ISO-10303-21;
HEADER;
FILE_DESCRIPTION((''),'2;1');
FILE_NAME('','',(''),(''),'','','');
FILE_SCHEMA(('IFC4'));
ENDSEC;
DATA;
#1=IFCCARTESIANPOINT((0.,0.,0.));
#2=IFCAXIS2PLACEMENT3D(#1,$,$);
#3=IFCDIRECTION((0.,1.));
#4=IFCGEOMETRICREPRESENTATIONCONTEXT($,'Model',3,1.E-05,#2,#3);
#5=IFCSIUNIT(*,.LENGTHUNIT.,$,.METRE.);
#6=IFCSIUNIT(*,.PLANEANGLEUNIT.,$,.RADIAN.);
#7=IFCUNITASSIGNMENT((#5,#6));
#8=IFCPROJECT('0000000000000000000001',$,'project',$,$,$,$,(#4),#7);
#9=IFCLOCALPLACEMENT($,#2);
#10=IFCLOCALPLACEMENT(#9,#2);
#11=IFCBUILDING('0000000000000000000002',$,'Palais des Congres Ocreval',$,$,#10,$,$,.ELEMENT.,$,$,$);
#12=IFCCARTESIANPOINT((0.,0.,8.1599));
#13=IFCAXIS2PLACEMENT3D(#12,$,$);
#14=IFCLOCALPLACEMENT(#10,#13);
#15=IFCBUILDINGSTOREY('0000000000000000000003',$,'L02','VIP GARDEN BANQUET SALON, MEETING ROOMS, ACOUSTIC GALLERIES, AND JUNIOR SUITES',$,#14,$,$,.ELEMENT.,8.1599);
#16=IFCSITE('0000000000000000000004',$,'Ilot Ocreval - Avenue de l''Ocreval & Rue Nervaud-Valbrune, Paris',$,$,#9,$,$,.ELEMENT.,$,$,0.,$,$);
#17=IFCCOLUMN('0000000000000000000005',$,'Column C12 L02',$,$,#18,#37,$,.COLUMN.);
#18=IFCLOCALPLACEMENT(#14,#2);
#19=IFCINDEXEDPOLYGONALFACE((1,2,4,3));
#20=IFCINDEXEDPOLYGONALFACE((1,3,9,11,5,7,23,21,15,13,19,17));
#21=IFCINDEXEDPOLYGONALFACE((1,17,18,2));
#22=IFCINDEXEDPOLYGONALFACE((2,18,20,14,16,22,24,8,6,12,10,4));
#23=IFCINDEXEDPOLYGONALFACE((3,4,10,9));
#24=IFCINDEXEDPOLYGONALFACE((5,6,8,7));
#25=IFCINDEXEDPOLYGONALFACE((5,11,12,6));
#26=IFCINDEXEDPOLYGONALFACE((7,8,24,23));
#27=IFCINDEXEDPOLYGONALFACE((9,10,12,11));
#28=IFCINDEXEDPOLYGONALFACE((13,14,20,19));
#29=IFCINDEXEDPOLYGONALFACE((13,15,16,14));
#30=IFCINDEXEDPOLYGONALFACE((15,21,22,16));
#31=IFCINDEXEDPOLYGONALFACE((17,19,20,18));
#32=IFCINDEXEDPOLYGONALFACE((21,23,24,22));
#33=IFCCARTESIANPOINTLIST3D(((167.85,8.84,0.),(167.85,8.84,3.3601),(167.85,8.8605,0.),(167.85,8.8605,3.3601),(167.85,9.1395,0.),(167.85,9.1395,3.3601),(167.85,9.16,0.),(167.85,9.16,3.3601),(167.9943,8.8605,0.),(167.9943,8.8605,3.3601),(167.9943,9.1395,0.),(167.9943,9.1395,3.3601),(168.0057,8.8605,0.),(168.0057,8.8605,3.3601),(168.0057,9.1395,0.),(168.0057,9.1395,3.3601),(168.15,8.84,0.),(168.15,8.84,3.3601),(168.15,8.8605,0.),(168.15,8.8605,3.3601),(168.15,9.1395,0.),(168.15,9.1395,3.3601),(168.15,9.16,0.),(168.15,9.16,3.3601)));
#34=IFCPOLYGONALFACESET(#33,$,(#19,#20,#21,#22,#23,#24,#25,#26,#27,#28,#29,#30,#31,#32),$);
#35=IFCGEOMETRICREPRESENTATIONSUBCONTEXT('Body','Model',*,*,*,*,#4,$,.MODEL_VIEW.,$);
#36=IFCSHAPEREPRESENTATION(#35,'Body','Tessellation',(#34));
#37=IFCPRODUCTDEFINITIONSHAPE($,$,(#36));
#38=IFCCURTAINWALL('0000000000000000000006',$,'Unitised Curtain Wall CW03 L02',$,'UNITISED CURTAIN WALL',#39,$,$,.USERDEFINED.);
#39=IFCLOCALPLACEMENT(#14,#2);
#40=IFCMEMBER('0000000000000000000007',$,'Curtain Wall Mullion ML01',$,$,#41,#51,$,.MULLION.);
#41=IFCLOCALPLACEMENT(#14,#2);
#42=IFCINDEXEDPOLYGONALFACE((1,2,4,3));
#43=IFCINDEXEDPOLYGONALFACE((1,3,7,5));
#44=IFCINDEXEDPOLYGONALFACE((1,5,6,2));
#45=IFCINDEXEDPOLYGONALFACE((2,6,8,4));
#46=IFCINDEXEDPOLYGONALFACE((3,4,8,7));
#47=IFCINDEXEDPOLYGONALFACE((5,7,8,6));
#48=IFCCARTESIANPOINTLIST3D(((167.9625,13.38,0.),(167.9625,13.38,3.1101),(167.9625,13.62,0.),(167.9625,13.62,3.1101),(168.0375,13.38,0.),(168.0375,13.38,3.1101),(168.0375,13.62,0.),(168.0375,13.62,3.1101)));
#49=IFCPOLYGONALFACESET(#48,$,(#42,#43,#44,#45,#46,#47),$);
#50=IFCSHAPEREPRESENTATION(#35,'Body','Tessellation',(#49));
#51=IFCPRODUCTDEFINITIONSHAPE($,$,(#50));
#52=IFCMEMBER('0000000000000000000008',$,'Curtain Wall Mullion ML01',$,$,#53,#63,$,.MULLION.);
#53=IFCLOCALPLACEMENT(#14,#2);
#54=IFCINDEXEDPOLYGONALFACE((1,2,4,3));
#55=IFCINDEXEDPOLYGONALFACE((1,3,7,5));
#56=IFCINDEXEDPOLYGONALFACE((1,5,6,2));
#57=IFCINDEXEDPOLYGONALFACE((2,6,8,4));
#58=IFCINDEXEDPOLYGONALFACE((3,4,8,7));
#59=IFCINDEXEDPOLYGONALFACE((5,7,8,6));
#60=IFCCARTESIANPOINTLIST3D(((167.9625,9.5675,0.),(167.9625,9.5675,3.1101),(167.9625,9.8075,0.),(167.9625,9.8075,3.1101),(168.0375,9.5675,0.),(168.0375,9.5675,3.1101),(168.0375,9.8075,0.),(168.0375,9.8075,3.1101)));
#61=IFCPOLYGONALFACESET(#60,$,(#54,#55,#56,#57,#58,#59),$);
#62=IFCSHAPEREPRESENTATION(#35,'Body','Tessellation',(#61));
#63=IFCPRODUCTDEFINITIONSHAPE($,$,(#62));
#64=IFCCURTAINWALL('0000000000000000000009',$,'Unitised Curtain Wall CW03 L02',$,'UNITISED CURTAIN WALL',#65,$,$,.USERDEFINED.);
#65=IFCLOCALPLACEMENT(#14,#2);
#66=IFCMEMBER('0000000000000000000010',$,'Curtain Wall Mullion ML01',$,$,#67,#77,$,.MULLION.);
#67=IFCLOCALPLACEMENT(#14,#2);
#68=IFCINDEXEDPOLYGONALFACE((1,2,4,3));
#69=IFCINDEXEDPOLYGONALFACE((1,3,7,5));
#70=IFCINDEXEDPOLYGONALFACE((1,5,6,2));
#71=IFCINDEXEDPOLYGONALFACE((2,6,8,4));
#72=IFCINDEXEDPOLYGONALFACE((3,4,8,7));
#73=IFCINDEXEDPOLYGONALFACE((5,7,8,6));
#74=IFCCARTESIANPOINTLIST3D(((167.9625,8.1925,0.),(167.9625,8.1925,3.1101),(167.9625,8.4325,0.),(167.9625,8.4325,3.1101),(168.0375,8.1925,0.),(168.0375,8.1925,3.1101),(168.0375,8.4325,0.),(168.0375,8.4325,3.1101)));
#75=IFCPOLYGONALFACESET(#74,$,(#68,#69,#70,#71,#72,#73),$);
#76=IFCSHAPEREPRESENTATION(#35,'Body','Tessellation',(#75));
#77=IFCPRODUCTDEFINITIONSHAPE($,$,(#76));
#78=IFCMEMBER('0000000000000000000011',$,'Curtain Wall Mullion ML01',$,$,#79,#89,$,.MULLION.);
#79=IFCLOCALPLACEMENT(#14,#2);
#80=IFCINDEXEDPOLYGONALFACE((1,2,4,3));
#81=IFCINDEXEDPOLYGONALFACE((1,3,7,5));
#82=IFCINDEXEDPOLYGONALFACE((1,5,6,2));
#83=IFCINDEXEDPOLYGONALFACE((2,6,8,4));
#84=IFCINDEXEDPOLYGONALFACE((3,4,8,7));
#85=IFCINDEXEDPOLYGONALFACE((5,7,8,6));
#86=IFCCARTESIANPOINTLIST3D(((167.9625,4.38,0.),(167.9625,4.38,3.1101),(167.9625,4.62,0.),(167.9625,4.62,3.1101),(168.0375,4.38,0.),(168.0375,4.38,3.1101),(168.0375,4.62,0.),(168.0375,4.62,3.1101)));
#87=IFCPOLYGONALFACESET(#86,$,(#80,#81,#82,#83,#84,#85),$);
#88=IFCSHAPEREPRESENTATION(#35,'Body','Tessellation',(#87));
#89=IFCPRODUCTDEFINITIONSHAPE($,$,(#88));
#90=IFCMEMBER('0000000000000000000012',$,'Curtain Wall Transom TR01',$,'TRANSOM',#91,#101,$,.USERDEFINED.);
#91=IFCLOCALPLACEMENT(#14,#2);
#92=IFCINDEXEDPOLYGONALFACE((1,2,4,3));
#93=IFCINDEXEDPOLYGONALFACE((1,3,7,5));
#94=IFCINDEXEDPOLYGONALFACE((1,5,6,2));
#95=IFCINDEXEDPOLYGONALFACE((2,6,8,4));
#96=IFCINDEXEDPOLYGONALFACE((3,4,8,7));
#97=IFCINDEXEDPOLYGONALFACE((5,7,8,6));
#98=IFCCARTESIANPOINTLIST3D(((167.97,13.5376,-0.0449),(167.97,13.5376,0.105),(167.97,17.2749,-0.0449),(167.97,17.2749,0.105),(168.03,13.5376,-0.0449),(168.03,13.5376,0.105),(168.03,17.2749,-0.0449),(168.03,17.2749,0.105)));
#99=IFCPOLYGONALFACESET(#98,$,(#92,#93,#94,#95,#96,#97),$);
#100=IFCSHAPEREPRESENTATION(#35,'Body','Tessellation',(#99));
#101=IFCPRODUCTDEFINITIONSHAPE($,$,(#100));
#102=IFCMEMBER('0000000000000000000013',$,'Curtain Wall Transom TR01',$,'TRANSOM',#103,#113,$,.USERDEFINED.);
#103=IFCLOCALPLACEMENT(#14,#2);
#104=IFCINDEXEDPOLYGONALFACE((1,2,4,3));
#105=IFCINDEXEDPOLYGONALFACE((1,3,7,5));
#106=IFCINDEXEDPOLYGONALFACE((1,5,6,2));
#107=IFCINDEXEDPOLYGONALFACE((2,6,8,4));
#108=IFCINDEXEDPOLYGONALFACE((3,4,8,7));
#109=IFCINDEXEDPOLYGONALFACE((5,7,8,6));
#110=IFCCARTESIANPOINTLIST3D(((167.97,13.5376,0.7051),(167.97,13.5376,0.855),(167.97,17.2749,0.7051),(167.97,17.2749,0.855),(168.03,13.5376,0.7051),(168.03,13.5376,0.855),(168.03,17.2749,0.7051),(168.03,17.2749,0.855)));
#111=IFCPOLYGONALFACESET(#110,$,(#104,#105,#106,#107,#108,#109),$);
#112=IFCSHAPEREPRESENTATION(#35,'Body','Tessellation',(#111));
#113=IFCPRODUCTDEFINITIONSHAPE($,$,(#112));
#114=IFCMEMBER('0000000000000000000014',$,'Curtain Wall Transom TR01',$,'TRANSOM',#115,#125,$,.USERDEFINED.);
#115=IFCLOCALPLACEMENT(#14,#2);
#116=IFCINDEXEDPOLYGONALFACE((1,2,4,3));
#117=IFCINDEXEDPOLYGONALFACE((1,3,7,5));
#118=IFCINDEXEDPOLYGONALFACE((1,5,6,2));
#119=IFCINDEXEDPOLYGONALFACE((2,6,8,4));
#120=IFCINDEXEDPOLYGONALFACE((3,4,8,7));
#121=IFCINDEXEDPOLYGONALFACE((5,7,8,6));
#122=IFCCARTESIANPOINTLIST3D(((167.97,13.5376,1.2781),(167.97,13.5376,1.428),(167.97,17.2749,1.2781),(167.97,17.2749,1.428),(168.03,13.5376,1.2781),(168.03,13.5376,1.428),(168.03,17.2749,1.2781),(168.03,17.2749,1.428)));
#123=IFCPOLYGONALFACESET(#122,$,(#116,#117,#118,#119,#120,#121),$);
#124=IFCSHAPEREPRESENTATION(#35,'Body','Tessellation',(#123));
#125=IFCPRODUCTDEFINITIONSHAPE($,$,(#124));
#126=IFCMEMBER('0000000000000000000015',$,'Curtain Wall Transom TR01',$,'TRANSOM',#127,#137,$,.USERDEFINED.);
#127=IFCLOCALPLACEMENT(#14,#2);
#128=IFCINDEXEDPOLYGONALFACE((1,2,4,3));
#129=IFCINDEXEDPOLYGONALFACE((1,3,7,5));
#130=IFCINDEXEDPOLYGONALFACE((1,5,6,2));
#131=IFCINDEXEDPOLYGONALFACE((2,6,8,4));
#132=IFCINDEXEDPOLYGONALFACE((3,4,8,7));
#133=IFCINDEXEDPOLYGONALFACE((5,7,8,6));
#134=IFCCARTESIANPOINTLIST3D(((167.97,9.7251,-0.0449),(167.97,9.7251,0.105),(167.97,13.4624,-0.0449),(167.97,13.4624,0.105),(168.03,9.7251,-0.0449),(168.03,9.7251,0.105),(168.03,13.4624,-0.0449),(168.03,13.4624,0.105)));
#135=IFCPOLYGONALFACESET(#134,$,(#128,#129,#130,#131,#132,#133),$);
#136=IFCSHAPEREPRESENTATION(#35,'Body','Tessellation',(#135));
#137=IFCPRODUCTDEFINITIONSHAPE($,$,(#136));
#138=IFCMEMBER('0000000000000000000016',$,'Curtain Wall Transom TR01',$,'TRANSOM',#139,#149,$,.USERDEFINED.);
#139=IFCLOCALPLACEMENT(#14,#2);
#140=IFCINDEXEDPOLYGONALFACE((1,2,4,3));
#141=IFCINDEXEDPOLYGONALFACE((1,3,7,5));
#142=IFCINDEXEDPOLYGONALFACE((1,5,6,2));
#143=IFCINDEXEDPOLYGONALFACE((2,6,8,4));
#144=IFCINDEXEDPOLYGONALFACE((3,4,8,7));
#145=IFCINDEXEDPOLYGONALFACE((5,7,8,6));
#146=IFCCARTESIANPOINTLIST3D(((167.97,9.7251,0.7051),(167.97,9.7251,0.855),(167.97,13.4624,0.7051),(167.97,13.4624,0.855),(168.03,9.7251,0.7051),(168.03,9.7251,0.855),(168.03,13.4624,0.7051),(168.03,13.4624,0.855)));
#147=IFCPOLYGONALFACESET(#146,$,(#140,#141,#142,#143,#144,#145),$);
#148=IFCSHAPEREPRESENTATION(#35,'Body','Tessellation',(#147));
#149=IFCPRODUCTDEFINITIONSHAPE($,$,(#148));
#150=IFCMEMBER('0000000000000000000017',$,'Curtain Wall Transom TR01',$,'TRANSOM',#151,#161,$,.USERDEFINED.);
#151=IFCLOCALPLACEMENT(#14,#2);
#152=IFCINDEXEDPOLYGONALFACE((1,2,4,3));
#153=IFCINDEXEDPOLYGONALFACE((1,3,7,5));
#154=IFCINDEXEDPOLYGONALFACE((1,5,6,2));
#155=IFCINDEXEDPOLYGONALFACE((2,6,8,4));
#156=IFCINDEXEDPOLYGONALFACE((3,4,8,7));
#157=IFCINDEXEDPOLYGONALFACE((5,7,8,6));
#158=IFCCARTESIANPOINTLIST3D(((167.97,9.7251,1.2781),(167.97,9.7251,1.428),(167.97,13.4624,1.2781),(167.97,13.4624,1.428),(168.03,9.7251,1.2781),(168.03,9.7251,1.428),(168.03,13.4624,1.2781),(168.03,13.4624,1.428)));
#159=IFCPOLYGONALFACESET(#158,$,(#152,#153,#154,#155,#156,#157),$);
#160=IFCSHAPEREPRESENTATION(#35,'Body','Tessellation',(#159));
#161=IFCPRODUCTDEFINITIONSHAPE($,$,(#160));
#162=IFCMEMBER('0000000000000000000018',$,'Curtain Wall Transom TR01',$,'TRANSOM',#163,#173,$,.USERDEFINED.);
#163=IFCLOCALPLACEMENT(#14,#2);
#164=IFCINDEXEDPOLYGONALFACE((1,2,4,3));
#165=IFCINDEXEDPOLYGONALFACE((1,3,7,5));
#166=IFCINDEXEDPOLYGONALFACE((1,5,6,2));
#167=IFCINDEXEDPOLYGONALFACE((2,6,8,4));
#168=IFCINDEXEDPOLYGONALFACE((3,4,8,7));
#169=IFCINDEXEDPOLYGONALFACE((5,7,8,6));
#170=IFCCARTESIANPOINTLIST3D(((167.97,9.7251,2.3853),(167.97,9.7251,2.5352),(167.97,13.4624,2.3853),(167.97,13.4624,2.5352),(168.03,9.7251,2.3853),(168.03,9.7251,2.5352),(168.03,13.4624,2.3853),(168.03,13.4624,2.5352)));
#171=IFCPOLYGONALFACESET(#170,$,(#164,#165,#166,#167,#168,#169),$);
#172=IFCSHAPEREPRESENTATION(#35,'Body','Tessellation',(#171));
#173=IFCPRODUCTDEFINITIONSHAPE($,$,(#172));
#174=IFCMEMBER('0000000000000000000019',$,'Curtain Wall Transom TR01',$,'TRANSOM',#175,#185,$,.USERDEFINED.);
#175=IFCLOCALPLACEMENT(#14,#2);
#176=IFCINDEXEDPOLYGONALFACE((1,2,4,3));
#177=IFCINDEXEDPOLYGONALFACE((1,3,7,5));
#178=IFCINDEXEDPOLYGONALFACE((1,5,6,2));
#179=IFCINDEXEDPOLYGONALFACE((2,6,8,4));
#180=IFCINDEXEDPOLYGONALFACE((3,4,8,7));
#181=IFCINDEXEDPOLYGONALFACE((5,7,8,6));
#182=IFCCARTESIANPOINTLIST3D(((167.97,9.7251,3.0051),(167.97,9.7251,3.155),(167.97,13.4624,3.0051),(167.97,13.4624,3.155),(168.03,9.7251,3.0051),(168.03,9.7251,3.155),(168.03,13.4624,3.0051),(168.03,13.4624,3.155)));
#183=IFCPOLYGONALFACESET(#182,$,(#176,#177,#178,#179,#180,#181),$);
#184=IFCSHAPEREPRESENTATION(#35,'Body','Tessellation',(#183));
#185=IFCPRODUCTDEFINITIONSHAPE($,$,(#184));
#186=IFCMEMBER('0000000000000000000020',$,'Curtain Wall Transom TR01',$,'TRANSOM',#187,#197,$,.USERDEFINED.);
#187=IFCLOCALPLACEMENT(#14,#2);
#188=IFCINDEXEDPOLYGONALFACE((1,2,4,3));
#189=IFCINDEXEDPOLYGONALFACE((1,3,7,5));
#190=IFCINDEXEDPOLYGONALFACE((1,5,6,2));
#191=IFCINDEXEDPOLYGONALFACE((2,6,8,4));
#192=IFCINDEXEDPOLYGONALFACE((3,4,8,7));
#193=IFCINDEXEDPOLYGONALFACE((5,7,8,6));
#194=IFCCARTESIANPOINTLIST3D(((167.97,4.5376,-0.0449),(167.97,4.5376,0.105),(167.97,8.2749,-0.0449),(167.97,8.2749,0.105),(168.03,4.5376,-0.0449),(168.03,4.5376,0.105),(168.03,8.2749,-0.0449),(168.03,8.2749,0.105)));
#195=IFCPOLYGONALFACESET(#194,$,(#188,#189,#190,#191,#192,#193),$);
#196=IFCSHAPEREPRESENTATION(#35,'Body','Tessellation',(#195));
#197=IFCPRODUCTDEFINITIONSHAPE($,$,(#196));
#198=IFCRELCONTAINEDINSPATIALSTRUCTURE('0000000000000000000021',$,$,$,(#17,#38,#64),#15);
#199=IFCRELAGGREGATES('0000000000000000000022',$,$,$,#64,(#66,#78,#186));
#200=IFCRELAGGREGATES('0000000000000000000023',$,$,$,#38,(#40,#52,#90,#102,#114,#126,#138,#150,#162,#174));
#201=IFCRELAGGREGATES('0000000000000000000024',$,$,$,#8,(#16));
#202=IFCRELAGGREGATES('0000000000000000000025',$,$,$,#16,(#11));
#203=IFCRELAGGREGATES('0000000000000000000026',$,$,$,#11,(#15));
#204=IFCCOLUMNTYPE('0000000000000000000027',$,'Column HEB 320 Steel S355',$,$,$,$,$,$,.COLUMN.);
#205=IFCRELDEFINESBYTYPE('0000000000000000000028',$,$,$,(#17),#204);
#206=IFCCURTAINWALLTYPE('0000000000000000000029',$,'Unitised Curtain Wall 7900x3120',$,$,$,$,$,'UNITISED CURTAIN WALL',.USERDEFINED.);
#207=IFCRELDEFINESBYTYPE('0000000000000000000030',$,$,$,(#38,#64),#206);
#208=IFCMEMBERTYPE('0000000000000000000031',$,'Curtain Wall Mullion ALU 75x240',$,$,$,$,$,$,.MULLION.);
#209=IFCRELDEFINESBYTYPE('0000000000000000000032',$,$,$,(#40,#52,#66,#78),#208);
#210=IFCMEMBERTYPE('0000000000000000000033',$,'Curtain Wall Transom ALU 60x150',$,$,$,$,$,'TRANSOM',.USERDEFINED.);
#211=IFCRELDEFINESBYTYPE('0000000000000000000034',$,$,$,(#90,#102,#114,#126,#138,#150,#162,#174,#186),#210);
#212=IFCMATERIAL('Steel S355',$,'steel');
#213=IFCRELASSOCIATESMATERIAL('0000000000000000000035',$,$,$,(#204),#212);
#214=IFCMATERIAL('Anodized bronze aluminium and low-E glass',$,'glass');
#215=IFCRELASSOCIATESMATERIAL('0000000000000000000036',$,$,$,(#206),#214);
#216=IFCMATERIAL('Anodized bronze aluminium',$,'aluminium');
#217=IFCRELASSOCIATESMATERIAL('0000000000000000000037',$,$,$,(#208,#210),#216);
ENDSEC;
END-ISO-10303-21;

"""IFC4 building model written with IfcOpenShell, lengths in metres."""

from ifc_helpers import new_model, si_unit, direction, frame, origin, origin_2d, place, context, subcontext, project, spatial, rectangle, i_section, extrude, material, material_profile, profile_set, type_object, element, aggregate, save


model = new_model("IFC4")

# Units and contexts
model_context = context("Model", 3, precision=1e-05, world=origin(), true_north=direction((0.0, 1.0)))
body_context = subcontext(model_context, "Body", "Model", "MODEL_VIEW")
ifc_project = project(units=[si_unit("LENGTHUNIT", "METRE"), si_unit("PLANEANGLEUNIT", "RADIAN")], contexts=[model_context])

# Site, building, storey
site_placement = place(None, origin())
site = spatial("IfcSite", under=ifc_project, at=site_placement, Name="Ilot Ocreval - Avenue de l'Ocreval & Rue Nervaud-Valbrune, Paris", CompositionType="ELEMENT", RefElevation=0.0)
building_placement = place(site_placement, origin())
building = spatial("IfcBuilding", under=site, at=building_placement, Name="Palais des Congres Ocreval", CompositionType="ELEMENT")
storey_placement = place(building_placement, frame((0.0, 0.0, 8.1599)))
storey = spatial("IfcBuildingStorey", under=building, at=storey_placement, Name="L02", Description="VIP GARDEN BANQUET SALON, MEETING ROOMS, ACOUSTIC GALLERIES, AND JUNIOR SUITES", CompositionType="ELEMENT", Elevation=8.1599)

# Column
ifc_material_1 = material(Name="Steel S355", Category="steel")
ifc_material_profile_1 = material_profile(ifc_material_1, i_section(OverallWidth=0.3, OverallDepth=0.3201, WebThickness=0.0115, FlangeThickness=0.0205, at=origin_2d()), Name="HEB 320")
ifc_profile_set_1 = profile_set([ifc_material_profile_1], Name="Steel S355")
column_type = type_object("IfcColumnType", Name="Column HEB 320 Steel S355", PredefinedType="COLUMN", material=ifc_profile_set_1)
column_placement = place(storey_placement, frame((168.0, 9.0, 0.0), z_axis=(0.0, 0.0, 1.0), x_axis=(1.0, 0.0, 0.0)))
element("IfcColumn", 1, at=column_placement, inside=storey, type_object=column_type, Name="Column C12 L02", PredefinedType="COLUMN", context=body_context, shape_type="SweptSolid", body=[
    extrude(i_section(OverallWidth=0.3, OverallDepth=0.3201, WebThickness=0.0115, FlangeThickness=0.0205, at=origin_2d()), origin(), (0.0, 0.0, 1.0), 3.3601),
])

# Curtain walls, members
ifc_material_2 = material(Name="Anodized bronze aluminium and low-E glass", Category="glass")
curtain_wall_type = type_object("IfcCurtainWallType", Name="Unitised Curtain Wall 7900x3120", ElementType="UNITISED CURTAIN WALL", PredefinedType="USERDEFINED", material=ifc_material_2)
curtain_wall_1_placement = place(storey_placement, origin())
curtain_wall_1 = element("IfcCurtainWall", 2, at=curtain_wall_1_placement, inside=storey, type_object=curtain_wall_type, Name="Unitised Curtain Wall CW03 L02", ObjectType="UNITISED CURTAIN WALL", PredefinedType="USERDEFINED")
ifc_material_3 = material(Name="Anodized bronze aluminium", Category="aluminium")
ifc_material_profile_2 = material_profile(ifc_material_3, rectangle(XDim=0.075, YDim=0.24, at=origin_2d()), Name="ALU 75x240")
ifc_profile_set_2 = profile_set([ifc_material_profile_2], Name="Anodized bronze aluminium")
member_type_1 = type_object("IfcMemberType", Name="Curtain Wall Mullion ALU 75x240", PredefinedType="MULLION", material=ifc_profile_set_2)
member_1_placement = place(storey_placement, frame((168.0, 13.5, 0.0), z_axis=(0.0, 0.0, 1.0), x_axis=(1.0, 0.0, 0.0)))
member_1 = element("IfcMember", 3, at=member_1_placement, type_object=member_type_1, Name="Curtain Wall Mullion ML01", PredefinedType="MULLION", context=body_context, shape_type="SweptSolid", body=[
    extrude(rectangle(XDim=0.075, YDim=0.24, at=origin_2d()), origin(), (0.0, 0.0, 1.0), 3.1101),
])
member_2_placement = place(storey_placement, frame((168.0, 9.6875, 0.0), z_axis=(0.0, 0.0, 1.0), x_axis=(1.0, 0.0, 0.0)))
member_2 = element("IfcMember", 4, at=member_2_placement, type_object=member_type_1, Name="Curtain Wall Mullion ML01", PredefinedType="MULLION", context=body_context, shape_type="SweptSolid", body=[
    extrude(rectangle(XDim=0.075, YDim=0.24, at=origin_2d()), origin(), (0.0, 0.0, 1.0), 3.1101),
])
curtain_wall_2_placement = place(storey_placement, origin())
curtain_wall_2 = element("IfcCurtainWall", 5, at=curtain_wall_2_placement, inside=storey, type_object=curtain_wall_type, Name="Unitised Curtain Wall CW03 L02", ObjectType="UNITISED CURTAIN WALL", PredefinedType="USERDEFINED")
member_3_placement = place(storey_placement, frame((168.0, 8.3125, 0.0), z_axis=(0.0, 0.0, 1.0), x_axis=(1.0, 0.0, 0.0)))
member_3 = element("IfcMember", 6, at=member_3_placement, type_object=member_type_1, Name="Curtain Wall Mullion ML01", PredefinedType="MULLION", context=body_context, shape_type="SweptSolid", body=[
    extrude(rectangle(XDim=0.075, YDim=0.24, at=origin_2d()), origin(), (0.0, 0.0, 1.0), 3.1101),
])
member_4_placement = place(storey_placement, frame((168.0, 4.5, 0.0), z_axis=(0.0, 0.0, 1.0), x_axis=(1.0, 0.0, 0.0)))
member_4 = element("IfcMember", 7, at=member_4_placement, type_object=member_type_1, Name="Curtain Wall Mullion ML01", PredefinedType="MULLION", context=body_context, shape_type="SweptSolid", body=[
    extrude(rectangle(XDim=0.075, YDim=0.24, at=origin_2d()), origin(), (0.0, 0.0, 1.0), 3.1101),
])

# Members
ifc_material_profile_3 = material_profile(ifc_material_3, rectangle(XDim=0.0601, YDim=0.1499, at=origin_2d()), Name="ALU 60x150")
ifc_profile_set_3 = profile_set([ifc_material_profile_3], Name="Anodized bronze aluminium")
member_type_2 = type_object("IfcMemberType", Name="Curtain Wall Transom ALU 60x150", ElementType="TRANSOM", PredefinedType="USERDEFINED", material=ifc_profile_set_3)
member_5_placement = place(storey_placement, frame((168.0, 17.2749, 0.03), z_axis=(0.0, -1.0, 0.0), x_axis=(1.0, 0.0, 0.0)))
member_5 = element("IfcMember", 8, at=member_5_placement, type_object=member_type_2, Name="Curtain Wall Transom TR01", ObjectType="TRANSOM", PredefinedType="USERDEFINED", context=body_context, shape_type="SweptSolid", body=[
    extrude(rectangle(XDim=0.0601, YDim=0.1499, at=origin_2d()), origin(), (0.0, 0.0, 1.0), 3.7373),
])
member_6_placement = place(storey_placement, frame((168.0, 17.2749, 0.78), z_axis=(0.0, -1.0, 0.0), x_axis=(1.0, 0.0, 0.0)))
member_6 = element("IfcMember", 9, at=member_6_placement, type_object=member_type_2, Name="Curtain Wall Transom TR01", ObjectType="TRANSOM", PredefinedType="USERDEFINED", context=body_context, shape_type="SweptSolid", body=[
    extrude(rectangle(XDim=0.0601, YDim=0.1499, at=origin_2d()), origin(), (0.0, 0.0, 1.0), 3.7373),
])
member_7_placement = place(storey_placement, frame((168.0, 17.2749, 1.353), z_axis=(0.0, -1.0, 0.0), x_axis=(1.0, 0.0, 0.0)))
member_7 = element("IfcMember", 10, at=member_7_placement, type_object=member_type_2, Name="Curtain Wall Transom TR01", ObjectType="TRANSOM", PredefinedType="USERDEFINED", context=body_context, shape_type="SweptSolid", body=[
    extrude(rectangle(XDim=0.0601, YDim=0.1499, at=origin_2d()), origin(), (0.0, 0.0, 1.0), 3.7373),
])
member_8_placement = place(storey_placement, frame((168.0, 13.4624, 0.03), z_axis=(0.0, -1.0, 0.0), x_axis=(1.0, 0.0, 0.0)))
member_8 = element("IfcMember", 11, at=member_8_placement, type_object=member_type_2, Name="Curtain Wall Transom TR01", ObjectType="TRANSOM", PredefinedType="USERDEFINED", context=body_context, shape_type="SweptSolid", body=[
    extrude(rectangle(XDim=0.0601, YDim=0.1499, at=origin_2d()), origin(), (0.0, 0.0, 1.0), 3.7373),
])
member_9_placement = place(storey_placement, frame((168.0, 13.4624, 0.78), z_axis=(0.0, -1.0, 0.0), x_axis=(1.0, 0.0, 0.0)))
member_9 = element("IfcMember", 12, at=member_9_placement, type_object=member_type_2, Name="Curtain Wall Transom TR01", ObjectType="TRANSOM", PredefinedType="USERDEFINED", context=body_context, shape_type="SweptSolid", body=[
    extrude(rectangle(XDim=0.0601, YDim=0.1499, at=origin_2d()), origin(), (0.0, 0.0, 1.0), 3.7373),
])
member_10_placement = place(storey_placement, frame((168.0, 13.4624, 1.353), z_axis=(0.0, -1.0, 0.0), x_axis=(1.0, 0.0, 0.0)))
member_10 = element("IfcMember", 13, at=member_10_placement, type_object=member_type_2, Name="Curtain Wall Transom TR01", ObjectType="TRANSOM", PredefinedType="USERDEFINED", context=body_context, shape_type="SweptSolid", body=[
    extrude(rectangle(XDim=0.0601, YDim=0.1499, at=origin_2d()), origin(), (0.0, 0.0, 1.0), 3.7373),
])
member_11_placement = place(storey_placement, frame((168.0, 13.4624, 2.4602), z_axis=(0.0, -1.0, 0.0), x_axis=(1.0, 0.0, 0.0)))
member_11 = element("IfcMember", 14, at=member_11_placement, type_object=member_type_2, Name="Curtain Wall Transom TR01", ObjectType="TRANSOM", PredefinedType="USERDEFINED", context=body_context, shape_type="SweptSolid", body=[
    extrude(rectangle(XDim=0.0601, YDim=0.1499, at=origin_2d()), origin(), (0.0, 0.0, 1.0), 3.7373),
])
member_12_placement = place(storey_placement, frame((168.0, 13.4624, 3.0801), z_axis=(0.0, -1.0, 0.0), x_axis=(1.0, 0.0, 0.0)))
member_12 = element("IfcMember", 15, at=member_12_placement, type_object=member_type_2, Name="Curtain Wall Transom TR01", ObjectType="TRANSOM", PredefinedType="USERDEFINED", context=body_context, shape_type="SweptSolid", body=[
    extrude(rectangle(XDim=0.0601, YDim=0.1499, at=origin_2d()), origin(), (0.0, 0.0, 1.0), 3.7373),
])
member_13_placement = place(storey_placement, frame((168.0, 8.2749, 0.03), z_axis=(0.0, -1.0, 0.0), x_axis=(1.0, 0.0, 0.0)))
member_13 = element("IfcMember", 16, at=member_13_placement, type_object=member_type_2, Name="Curtain Wall Transom TR01", ObjectType="TRANSOM", PredefinedType="USERDEFINED", context=body_context, shape_type="SweptSolid", body=[
    extrude(rectangle(XDim=0.0601, YDim=0.1499, at=origin_2d()), origin(), (0.0, 0.0, 1.0), 3.7373),
])

aggregate(curtain_wall_2, [member_3, member_4, member_13])
aggregate(curtain_wall_1, [member_1, member_2, member_5, member_6, member_7, member_8, member_9, member_10, member_11, member_12])

save(model, "model.ifc")
